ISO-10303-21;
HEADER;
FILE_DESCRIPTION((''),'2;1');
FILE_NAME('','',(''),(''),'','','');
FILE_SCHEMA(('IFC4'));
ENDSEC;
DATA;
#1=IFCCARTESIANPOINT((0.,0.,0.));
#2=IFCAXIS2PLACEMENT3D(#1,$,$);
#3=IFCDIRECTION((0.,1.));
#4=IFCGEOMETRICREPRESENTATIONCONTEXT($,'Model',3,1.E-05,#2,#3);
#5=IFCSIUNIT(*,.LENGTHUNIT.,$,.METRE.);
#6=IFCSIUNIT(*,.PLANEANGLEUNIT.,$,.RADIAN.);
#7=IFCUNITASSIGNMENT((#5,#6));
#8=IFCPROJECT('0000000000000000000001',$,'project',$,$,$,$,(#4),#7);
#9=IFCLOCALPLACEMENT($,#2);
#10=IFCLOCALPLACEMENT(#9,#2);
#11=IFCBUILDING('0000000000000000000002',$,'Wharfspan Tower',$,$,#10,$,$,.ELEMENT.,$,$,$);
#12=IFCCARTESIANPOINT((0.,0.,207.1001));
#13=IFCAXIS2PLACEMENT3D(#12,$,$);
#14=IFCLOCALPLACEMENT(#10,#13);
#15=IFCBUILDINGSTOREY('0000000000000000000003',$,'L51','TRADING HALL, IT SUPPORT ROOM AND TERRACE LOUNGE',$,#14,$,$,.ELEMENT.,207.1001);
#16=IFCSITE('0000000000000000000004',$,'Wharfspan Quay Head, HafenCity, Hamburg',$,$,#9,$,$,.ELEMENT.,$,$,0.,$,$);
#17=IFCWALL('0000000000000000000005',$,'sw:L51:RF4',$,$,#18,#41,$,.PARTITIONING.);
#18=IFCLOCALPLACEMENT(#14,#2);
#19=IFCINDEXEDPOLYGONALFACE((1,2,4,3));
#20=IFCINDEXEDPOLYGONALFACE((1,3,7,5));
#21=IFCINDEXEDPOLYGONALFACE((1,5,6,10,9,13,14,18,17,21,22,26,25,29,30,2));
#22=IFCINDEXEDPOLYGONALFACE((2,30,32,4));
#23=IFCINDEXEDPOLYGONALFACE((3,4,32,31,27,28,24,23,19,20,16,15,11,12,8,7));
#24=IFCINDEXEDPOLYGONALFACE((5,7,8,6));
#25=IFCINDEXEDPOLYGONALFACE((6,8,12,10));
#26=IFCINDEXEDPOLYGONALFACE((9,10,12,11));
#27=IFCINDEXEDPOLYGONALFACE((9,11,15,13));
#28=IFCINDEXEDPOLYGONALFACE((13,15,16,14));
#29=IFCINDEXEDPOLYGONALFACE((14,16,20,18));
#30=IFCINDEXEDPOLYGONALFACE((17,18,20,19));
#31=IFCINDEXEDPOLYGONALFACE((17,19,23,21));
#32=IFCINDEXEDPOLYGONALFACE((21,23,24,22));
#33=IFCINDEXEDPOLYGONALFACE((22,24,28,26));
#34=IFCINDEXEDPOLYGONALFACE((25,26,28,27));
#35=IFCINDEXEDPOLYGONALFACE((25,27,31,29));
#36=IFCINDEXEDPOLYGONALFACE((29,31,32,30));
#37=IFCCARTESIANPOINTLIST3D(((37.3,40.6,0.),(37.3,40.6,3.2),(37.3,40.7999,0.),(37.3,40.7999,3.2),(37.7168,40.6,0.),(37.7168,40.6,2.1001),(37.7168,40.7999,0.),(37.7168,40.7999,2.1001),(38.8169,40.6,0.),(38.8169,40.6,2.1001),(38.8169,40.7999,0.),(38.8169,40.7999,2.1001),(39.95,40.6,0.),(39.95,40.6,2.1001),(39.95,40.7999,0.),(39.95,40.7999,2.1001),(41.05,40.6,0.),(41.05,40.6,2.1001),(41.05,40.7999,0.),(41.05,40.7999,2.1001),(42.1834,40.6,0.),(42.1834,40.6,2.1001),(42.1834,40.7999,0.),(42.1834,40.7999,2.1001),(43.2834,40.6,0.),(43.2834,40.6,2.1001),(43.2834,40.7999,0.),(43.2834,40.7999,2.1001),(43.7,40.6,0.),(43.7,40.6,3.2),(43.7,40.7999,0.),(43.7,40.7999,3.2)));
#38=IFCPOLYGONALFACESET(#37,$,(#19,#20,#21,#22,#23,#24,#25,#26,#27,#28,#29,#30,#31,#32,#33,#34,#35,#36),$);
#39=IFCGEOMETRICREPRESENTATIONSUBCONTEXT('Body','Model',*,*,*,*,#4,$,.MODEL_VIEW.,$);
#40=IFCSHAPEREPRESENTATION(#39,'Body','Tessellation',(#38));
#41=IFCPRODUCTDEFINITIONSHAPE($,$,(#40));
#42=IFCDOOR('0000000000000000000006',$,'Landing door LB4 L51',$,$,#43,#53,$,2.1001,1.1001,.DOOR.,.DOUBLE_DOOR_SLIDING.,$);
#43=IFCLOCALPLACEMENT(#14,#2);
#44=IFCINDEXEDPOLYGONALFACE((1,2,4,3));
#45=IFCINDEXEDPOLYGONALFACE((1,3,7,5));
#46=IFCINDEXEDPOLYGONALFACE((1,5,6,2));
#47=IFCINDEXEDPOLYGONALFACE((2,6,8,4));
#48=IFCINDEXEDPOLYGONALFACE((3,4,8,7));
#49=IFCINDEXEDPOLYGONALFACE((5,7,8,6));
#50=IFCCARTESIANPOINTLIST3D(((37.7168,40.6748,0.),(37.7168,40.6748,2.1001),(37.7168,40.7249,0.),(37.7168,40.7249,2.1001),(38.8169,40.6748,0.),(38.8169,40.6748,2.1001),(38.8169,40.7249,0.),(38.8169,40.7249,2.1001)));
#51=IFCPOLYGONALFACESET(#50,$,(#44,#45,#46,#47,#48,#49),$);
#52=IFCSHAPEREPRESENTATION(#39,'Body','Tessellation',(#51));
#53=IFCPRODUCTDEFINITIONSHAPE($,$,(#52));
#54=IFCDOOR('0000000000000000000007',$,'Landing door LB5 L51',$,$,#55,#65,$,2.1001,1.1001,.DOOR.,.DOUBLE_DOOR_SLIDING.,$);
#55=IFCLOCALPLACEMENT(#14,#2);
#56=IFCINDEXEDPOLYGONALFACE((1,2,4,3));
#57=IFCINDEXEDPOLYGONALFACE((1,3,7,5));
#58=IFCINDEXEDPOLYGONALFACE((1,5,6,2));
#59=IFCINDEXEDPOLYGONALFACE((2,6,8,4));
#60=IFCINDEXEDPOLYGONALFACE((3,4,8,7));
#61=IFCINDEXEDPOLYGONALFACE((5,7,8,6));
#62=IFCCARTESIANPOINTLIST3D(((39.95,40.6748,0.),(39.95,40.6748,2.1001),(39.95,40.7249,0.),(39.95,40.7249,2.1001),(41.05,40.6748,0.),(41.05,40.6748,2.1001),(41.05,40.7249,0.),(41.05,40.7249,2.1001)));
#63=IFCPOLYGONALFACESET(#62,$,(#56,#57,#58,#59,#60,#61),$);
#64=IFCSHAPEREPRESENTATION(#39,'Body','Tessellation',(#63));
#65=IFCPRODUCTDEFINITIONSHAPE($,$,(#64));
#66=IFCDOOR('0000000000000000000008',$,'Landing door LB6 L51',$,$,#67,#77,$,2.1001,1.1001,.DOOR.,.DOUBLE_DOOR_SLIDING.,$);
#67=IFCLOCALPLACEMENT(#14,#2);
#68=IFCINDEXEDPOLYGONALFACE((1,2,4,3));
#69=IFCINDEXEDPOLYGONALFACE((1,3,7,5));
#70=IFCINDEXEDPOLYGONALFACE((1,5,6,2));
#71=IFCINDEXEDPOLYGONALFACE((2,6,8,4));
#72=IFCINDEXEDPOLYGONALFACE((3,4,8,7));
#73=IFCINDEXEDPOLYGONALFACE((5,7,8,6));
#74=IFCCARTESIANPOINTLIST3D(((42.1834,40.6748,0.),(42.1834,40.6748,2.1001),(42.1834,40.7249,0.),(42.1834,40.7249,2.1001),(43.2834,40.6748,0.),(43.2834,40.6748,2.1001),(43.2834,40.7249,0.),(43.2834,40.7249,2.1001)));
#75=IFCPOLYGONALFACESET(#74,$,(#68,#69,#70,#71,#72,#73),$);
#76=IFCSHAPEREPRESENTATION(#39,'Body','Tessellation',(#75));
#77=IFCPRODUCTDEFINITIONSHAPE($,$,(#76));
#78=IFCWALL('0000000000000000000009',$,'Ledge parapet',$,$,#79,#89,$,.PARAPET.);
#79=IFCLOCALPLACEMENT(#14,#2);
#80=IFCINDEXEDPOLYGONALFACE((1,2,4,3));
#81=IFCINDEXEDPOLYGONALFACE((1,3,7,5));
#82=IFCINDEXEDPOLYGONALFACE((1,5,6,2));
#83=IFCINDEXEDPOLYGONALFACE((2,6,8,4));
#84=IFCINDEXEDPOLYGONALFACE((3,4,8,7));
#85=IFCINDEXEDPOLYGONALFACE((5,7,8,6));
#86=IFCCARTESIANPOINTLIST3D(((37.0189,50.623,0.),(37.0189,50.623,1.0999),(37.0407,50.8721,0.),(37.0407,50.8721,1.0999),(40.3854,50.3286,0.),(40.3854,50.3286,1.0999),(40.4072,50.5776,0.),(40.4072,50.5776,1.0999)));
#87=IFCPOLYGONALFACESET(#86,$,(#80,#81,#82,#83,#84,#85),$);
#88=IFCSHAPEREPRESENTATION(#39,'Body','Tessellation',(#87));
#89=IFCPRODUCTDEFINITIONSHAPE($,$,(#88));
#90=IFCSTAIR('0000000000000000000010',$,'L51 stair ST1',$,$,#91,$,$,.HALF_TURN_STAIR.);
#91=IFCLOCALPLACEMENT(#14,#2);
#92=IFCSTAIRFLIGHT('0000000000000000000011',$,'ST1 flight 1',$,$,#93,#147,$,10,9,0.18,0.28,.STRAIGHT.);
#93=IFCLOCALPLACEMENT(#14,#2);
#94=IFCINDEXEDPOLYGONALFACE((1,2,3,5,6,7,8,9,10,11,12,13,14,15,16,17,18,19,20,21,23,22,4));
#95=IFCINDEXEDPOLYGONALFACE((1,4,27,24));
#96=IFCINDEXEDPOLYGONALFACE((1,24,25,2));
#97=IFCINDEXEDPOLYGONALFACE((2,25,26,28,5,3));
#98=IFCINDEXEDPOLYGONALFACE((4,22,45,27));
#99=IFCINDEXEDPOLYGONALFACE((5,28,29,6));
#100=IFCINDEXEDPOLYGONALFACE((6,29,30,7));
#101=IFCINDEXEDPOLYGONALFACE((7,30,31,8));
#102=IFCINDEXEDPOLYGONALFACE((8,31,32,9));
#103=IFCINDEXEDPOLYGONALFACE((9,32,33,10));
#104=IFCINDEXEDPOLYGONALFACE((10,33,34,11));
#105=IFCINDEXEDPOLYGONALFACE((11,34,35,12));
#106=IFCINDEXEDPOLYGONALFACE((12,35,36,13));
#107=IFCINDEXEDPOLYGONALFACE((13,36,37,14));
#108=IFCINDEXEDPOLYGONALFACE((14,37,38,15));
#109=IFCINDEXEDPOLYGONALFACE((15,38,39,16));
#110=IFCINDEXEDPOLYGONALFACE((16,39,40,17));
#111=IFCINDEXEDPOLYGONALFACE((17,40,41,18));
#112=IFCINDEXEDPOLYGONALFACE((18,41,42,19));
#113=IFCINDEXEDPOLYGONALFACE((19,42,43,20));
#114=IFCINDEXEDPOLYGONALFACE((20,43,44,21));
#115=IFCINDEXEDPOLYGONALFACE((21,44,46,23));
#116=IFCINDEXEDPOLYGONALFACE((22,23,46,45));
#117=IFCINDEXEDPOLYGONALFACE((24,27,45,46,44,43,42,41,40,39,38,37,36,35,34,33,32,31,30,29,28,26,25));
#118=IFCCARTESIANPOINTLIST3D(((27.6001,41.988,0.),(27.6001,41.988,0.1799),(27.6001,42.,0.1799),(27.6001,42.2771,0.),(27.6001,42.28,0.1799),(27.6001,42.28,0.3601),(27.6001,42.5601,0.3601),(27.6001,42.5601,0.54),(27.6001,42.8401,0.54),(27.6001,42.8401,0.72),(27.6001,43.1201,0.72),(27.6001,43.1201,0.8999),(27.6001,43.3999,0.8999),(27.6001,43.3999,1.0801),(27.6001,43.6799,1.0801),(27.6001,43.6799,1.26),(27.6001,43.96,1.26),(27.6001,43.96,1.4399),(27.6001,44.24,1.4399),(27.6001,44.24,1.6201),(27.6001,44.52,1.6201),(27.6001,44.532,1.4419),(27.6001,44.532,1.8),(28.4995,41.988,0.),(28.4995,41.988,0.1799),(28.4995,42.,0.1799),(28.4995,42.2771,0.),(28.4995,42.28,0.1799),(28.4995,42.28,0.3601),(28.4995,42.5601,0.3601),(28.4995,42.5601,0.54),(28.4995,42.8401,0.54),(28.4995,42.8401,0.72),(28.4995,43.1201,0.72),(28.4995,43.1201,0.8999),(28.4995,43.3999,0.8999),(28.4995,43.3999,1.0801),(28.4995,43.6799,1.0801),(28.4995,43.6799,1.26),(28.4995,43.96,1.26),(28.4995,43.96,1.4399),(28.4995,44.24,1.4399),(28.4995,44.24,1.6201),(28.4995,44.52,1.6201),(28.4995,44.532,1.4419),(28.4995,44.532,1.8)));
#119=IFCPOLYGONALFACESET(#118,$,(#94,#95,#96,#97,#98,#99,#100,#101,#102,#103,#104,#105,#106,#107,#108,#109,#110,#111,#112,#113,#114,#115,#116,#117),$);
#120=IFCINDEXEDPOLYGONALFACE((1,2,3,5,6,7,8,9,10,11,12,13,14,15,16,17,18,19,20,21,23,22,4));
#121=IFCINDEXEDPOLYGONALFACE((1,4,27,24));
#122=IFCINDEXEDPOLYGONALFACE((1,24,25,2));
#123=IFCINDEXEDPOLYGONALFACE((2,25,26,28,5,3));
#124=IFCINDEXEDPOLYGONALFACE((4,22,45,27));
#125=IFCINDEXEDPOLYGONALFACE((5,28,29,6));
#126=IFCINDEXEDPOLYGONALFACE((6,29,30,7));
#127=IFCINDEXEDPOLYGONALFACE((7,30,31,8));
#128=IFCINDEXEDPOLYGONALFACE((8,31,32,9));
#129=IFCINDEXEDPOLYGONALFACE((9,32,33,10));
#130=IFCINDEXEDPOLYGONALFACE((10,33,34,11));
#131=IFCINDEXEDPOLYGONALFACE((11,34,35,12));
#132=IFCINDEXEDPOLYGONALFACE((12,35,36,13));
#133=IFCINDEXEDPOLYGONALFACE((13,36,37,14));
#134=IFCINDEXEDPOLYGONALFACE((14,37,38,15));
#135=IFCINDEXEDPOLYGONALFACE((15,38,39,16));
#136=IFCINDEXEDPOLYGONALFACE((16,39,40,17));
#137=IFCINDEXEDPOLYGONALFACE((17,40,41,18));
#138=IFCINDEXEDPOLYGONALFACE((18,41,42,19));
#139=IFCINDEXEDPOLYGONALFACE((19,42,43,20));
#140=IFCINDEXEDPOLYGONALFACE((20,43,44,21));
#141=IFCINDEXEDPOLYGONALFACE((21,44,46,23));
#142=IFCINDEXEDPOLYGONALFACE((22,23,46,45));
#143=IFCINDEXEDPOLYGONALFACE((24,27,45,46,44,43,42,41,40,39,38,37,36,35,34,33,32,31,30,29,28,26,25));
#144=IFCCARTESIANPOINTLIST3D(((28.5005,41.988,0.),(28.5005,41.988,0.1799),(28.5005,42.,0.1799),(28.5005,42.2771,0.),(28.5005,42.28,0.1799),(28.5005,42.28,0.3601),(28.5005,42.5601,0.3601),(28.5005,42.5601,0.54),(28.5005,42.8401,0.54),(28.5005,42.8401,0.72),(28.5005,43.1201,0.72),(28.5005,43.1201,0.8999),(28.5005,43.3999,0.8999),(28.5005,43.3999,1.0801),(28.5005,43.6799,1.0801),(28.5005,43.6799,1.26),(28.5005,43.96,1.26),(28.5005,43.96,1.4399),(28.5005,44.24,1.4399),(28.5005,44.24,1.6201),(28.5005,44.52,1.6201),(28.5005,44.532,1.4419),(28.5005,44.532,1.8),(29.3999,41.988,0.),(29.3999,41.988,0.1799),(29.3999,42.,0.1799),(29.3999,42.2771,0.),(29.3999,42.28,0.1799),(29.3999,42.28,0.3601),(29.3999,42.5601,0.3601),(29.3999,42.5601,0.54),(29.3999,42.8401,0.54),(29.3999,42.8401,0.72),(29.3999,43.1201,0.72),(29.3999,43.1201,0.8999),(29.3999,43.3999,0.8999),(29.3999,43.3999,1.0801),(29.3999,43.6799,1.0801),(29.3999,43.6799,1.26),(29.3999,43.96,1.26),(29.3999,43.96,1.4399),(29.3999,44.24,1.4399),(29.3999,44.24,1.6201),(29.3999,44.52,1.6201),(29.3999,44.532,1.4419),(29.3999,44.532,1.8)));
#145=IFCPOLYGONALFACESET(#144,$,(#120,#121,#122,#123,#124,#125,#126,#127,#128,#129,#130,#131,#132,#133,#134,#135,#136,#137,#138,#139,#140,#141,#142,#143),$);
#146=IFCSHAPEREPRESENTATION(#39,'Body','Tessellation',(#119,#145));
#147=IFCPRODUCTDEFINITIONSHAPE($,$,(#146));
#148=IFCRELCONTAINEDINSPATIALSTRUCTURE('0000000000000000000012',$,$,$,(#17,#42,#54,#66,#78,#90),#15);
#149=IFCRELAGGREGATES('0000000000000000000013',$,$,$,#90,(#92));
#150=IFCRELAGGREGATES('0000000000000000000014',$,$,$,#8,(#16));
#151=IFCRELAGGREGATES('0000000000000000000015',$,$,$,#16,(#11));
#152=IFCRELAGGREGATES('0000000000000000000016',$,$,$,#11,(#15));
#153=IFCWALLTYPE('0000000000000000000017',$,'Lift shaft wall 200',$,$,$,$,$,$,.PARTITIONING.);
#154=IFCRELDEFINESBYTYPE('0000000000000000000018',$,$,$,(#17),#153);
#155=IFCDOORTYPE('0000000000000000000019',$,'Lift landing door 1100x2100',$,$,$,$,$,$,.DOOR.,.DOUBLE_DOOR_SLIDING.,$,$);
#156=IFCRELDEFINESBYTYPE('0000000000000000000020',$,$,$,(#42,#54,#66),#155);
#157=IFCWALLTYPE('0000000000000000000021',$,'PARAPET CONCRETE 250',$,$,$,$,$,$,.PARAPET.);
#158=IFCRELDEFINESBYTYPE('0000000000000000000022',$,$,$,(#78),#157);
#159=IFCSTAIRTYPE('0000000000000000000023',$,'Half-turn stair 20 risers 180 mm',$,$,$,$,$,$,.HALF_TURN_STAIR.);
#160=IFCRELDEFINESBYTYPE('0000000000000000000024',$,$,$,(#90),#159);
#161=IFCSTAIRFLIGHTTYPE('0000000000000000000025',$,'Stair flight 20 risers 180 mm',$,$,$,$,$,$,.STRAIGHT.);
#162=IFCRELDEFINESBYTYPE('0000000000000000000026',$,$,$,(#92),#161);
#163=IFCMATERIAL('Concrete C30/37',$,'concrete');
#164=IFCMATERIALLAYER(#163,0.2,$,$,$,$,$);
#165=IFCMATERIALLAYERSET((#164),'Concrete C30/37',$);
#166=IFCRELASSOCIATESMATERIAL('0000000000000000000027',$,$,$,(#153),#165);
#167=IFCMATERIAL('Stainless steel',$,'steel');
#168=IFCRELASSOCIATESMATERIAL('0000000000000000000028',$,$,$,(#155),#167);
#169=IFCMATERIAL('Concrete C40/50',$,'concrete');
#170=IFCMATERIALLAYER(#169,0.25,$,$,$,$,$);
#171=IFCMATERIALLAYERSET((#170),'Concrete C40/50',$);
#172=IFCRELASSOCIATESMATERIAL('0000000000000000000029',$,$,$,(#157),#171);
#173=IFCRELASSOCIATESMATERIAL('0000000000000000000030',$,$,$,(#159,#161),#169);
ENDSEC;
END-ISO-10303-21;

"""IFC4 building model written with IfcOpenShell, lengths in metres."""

from ifc_helpers import new_model, si_unit, direction, frame, frame_2d, origin, place, context, subcontext, project, spatial, polyline, rectangle, outline, extrude, material, layer, layer_set, type_object, element, fill, aggregate, save


model = new_model("IFC4")

# Units and contexts
model_context = context("Model", 3, precision=1e-05, world=origin(), true_north=direction((0.0, 1.0)))
body_context = subcontext(model_context, "Body", "Model", "MODEL_VIEW")
ifc_project = project(units=[si_unit("LENGTHUNIT", "METRE"), si_unit("PLANEANGLEUNIT", "RADIAN")], contexts=[model_context])

# Site, building, storey
site_placement = place(None, origin())
site = spatial("IfcSite", under=ifc_project, at=site_placement, Name="Wharfspan Quay Head, HafenCity, Hamburg", CompositionType="ELEMENT", RefElevation=0.0)
building_placement = place(site_placement, origin())
building = spatial("IfcBuilding", under=site, at=building_placement, Name="Wharfspan Tower", CompositionType="ELEMENT")
storey_placement = place(building_placement, frame((0.0, 0.0, 207.1001)))
storey = spatial("IfcBuildingStorey", under=building, at=storey_placement, Name="L51", Description="TRADING HALL, IT SUPPORT ROOM AND TERRACE LOUNGE", CompositionType="ELEMENT", Elevation=207.1001)

# Wall, openings, doors
ifc_material_1 = material(Name="Concrete C30/37", Category="concrete")
ifc_layer_1 = layer(ifc_material_1, 0.2)
ifc_layer_set_1 = layer_set([ifc_layer_1], Name="Concrete C30/37")
wall_type_1 = type_object("IfcWallType", Name="Lift shaft wall 200", PredefinedType="PARTITIONING", material=ifc_layer_set_1)
ifc_material_2 = material(Name="Stainless steel", Category="steel")
door_type_1 = type_object("IfcDoorType", Name="Lift landing door 1100x2100", OperationType="DOUBLE_DOOR_SLIDING", PredefinedType="DOOR", material=ifc_material_2)
wall_1_placement = place(storey_placement, frame((37.3, 40.7, 0.0), z_axis=(0.0, 0.0, 1.0), x_axis=(1.0, 0.0, 0.0)))
wall_1 = element("IfcWall", 1, at=wall_1_placement, inside=storey, type_object=wall_type_1, Name="sw:L51:RF4", PredefinedType="PARTITIONING", context=body_context, shape_type="SweptSolid", body=[
    extrude(rectangle(XDim=6.3999, YDim=0.2, at=frame_2d((3.2, 0.0))), origin(), (0.0, 0.0, 1.0), 3.2),
])
opening_1_placement = place(wall_1_placement, frame((0.4167, 0.0, 0.0)))
opening_1 = element("IfcOpeningElement", 2, at=opening_1_placement, cuts=wall_1, PredefinedType="OPENING", context=body_context, shape_type="SweptSolid", body=[
    extrude(rectangle(XDim=1.1001, YDim=2.1001, at=frame_2d((0.55, 1.05))), frame((0.0, 0.1099, 0.0), z_axis=(0.0, -1.0, 0.0), x_axis=(1.0, 0.0, 0.0)), (0.0, 0.0, 1.0), 0.22),
])
opening_2_placement = place(wall_1_placement, frame((2.6499, 0.0, 0.0)))
opening_2 = element("IfcOpeningElement", 3, at=opening_2_placement, cuts=wall_1, PredefinedType="OPENING", context=body_context, shape_type="SweptSolid", body=[
    extrude(rectangle(XDim=1.1001, YDim=2.1001, at=frame_2d((0.55, 1.05))), frame((0.0, 0.1099, 0.0), z_axis=(0.0, -1.0, 0.0), x_axis=(1.0, 0.0, 0.0)), (0.0, 0.0, 1.0), 0.22),
])
opening_3_placement = place(wall_1_placement, frame((4.8833, 0.0, 0.0)))
opening_3 = element("IfcOpeningElement", 4, at=opening_3_placement, cuts=wall_1, PredefinedType="OPENING", context=body_context, shape_type="SweptSolid", body=[
    extrude(rectangle(XDim=1.1001, YDim=2.1001, at=frame_2d((0.55, 1.05))), frame((0.0, 0.1099, 0.0), z_axis=(0.0, -1.0, 0.0), x_axis=(1.0, 0.0, 0.0)), (0.0, 0.0, 1.0), 0.22),
])
door_1_placement = place(opening_1_placement, origin())
door_1 = element("IfcDoor", 5, at=door_1_placement, inside=storey, type_object=door_type_1, Name="Landing door LB4 L51", OperationType="DOUBLE_DOOR_SLIDING", OverallHeight=2.1001, OverallWidth=1.1001, PredefinedType="DOOR", context=body_context, shape_type="SweptSolid", body=[
    extrude(rectangle(XDim=1.1001, YDim=2.1001, at=frame_2d((0.55, 1.05))), frame((0.0, 0.0249, 0.0), z_axis=(0.0, -1.0, 0.0), x_axis=(1.0, 0.0, 0.0)), (0.0, 0.0, 1.0), 0.05),
])
fill(opening_1, door_1)
door_2_placement = place(opening_2_placement, origin())
door_2 = element("IfcDoor", 6, at=door_2_placement, inside=storey, type_object=door_type_1, Name="Landing door LB5 L51", OperationType="DOUBLE_DOOR_SLIDING", OverallHeight=2.1001, OverallWidth=1.1001, PredefinedType="DOOR", context=body_context, shape_type="SweptSolid", body=[
    extrude(rectangle(XDim=1.1001, YDim=2.1001, at=frame_2d((0.55, 1.05))), frame((0.0, 0.0249, 0.0), z_axis=(0.0, -1.0, 0.0), x_axis=(1.0, 0.0, 0.0)), (0.0, 0.0, 1.0), 0.05),
])
fill(opening_2, door_2)
door_3_placement = place(opening_3_placement, origin())
door_3 = element("IfcDoor", 7, at=door_3_placement, inside=storey, type_object=door_type_1, Name="Landing door LB6 L51", OperationType="DOUBLE_DOOR_SLIDING", OverallHeight=2.1001, OverallWidth=1.1001, PredefinedType="DOOR", context=body_context, shape_type="SweptSolid", body=[
    extrude(rectangle(XDim=1.1001, YDim=2.1001, at=frame_2d((0.55, 1.05))), frame((0.0, 0.0249, 0.0), z_axis=(0.0, -1.0, 0.0), x_axis=(1.0, 0.0, 0.0)), (0.0, 0.0, 1.0), 0.05),
])
fill(opening_3, door_3)

# Wall
ifc_material_3 = material(Name="Concrete C40/50", Category="concrete")
ifc_layer_2 = layer(ifc_material_3, 0.25)
ifc_layer_set_2 = layer_set([ifc_layer_2], Name="Concrete C40/50")
wall_type_2 = type_object("IfcWallType", Name="PARAPET CONCRETE 250", PredefinedType="PARAPET", material=ifc_layer_set_2)
wall_2_placement = place(storey_placement, frame((37.0298, 50.7476, 0.0), z_axis=(0.0, 0.0, 1.0), x_axis=(0.996193, -0.087128, 0.0)))
element("IfcWall", 8, at=wall_2_placement, inside=storey, type_object=wall_type_2, Name="Ledge parapet", PredefinedType="PARAPET", context=body_context, shape_type="SweptSolid", body=[
    extrude(rectangle(XDim=3.3794, YDim=0.25, at=frame_2d((1.6897, 0.0))), origin(), (0.0, 0.0, 1.0), 1.0999),
])

# Stair, stair flight
stair_type = type_object("IfcStairType", Name="Half-turn stair 20 risers 180 mm", PredefinedType="HALF_TURN_STAIR", material=ifc_material_3)
stair_placement = place(storey_placement, origin())
stair = element("IfcStair", 9, at=stair_placement, inside=storey, type_object=stair_type, Name="L51 stair ST1", PredefinedType="HALF_TURN_STAIR")
stair_flight_type = type_object("IfcStairFlightType", Name="Stair flight 20 risers 180 mm", PredefinedType="STRAIGHT", material=ifc_material_3)
stair_flight_placement = place(storey_placement, frame((28.5, 42.0, 0.0), z_axis=(0.0, 0.0, 1.0), x_axis=(0.0, 1.0, 0.0)))
stair_flight = element("IfcStairFlight", 10, at=stair_flight_placement, type_object=stair_flight_type, Name="ST1 flight 1", NumberOfRisers=10, NumberOfTreads=9, PredefinedType="STRAIGHT", RiserHeight=0.18, TreadLength=0.28, context=body_context, shape_type="SweptSolid", body=[
    extrude(outline(polyline([(-0.012, 0.0), (-0.012, 0.1799), (0.0, 0.1799), (0.28, 0.1799), (0.28, 0.3601), (0.5601, 0.3601), (0.5601, 0.54), (0.8401, 0.54), (0.8401, 0.72), (1.1201, 0.72), (1.1201, 0.8999), (1.3999, 0.8999), (1.3999, 1.0801), (1.6799, 1.0801), (1.6799, 1.26), (1.96, 1.26), (1.96, 1.4399), (2.24, 1.4399), (2.24, 1.6201), (2.52, 1.6201), (2.532, 1.8), (2.532, 1.4419), (0.2771, 0.0), (-0.012, 0.0)])), frame((0.0, 0.8999, 0.0), z_axis=(0.0, -1.0, 0.0), x_axis=(1.0, 0.0, 0.0)), (0.0, 0.0, 1.0), 0.8994),
    extrude(outline(polyline([(-0.012, 0.0), (-0.012, 0.1799), (0.0, 0.1799), (0.28, 0.1799), (0.28, 0.3601), (0.5601, 0.3601), (0.5601, 0.54), (0.8401, 0.54), (0.8401, 0.72), (1.1201, 0.72), (1.1201, 0.8999), (1.3999, 0.8999), (1.3999, 1.0801), (1.6799, 1.0801), (1.6799, 1.26), (1.96, 1.26), (1.96, 1.4399), (2.24, 1.4399), (2.24, 1.6201), (2.52, 1.6201), (2.532, 1.8), (2.532, 1.4419), (0.2771, 0.0), (-0.012, 0.0)])), frame((0.0, -0.0005, 0.0), z_axis=(0.0, -1.0, 0.0), x_axis=(1.0, 0.0, 0.0)), (0.0, 0.0, 1.0), 0.8994),
])
aggregate(stair, [stair_flight])

save(model, "model.ifc")
